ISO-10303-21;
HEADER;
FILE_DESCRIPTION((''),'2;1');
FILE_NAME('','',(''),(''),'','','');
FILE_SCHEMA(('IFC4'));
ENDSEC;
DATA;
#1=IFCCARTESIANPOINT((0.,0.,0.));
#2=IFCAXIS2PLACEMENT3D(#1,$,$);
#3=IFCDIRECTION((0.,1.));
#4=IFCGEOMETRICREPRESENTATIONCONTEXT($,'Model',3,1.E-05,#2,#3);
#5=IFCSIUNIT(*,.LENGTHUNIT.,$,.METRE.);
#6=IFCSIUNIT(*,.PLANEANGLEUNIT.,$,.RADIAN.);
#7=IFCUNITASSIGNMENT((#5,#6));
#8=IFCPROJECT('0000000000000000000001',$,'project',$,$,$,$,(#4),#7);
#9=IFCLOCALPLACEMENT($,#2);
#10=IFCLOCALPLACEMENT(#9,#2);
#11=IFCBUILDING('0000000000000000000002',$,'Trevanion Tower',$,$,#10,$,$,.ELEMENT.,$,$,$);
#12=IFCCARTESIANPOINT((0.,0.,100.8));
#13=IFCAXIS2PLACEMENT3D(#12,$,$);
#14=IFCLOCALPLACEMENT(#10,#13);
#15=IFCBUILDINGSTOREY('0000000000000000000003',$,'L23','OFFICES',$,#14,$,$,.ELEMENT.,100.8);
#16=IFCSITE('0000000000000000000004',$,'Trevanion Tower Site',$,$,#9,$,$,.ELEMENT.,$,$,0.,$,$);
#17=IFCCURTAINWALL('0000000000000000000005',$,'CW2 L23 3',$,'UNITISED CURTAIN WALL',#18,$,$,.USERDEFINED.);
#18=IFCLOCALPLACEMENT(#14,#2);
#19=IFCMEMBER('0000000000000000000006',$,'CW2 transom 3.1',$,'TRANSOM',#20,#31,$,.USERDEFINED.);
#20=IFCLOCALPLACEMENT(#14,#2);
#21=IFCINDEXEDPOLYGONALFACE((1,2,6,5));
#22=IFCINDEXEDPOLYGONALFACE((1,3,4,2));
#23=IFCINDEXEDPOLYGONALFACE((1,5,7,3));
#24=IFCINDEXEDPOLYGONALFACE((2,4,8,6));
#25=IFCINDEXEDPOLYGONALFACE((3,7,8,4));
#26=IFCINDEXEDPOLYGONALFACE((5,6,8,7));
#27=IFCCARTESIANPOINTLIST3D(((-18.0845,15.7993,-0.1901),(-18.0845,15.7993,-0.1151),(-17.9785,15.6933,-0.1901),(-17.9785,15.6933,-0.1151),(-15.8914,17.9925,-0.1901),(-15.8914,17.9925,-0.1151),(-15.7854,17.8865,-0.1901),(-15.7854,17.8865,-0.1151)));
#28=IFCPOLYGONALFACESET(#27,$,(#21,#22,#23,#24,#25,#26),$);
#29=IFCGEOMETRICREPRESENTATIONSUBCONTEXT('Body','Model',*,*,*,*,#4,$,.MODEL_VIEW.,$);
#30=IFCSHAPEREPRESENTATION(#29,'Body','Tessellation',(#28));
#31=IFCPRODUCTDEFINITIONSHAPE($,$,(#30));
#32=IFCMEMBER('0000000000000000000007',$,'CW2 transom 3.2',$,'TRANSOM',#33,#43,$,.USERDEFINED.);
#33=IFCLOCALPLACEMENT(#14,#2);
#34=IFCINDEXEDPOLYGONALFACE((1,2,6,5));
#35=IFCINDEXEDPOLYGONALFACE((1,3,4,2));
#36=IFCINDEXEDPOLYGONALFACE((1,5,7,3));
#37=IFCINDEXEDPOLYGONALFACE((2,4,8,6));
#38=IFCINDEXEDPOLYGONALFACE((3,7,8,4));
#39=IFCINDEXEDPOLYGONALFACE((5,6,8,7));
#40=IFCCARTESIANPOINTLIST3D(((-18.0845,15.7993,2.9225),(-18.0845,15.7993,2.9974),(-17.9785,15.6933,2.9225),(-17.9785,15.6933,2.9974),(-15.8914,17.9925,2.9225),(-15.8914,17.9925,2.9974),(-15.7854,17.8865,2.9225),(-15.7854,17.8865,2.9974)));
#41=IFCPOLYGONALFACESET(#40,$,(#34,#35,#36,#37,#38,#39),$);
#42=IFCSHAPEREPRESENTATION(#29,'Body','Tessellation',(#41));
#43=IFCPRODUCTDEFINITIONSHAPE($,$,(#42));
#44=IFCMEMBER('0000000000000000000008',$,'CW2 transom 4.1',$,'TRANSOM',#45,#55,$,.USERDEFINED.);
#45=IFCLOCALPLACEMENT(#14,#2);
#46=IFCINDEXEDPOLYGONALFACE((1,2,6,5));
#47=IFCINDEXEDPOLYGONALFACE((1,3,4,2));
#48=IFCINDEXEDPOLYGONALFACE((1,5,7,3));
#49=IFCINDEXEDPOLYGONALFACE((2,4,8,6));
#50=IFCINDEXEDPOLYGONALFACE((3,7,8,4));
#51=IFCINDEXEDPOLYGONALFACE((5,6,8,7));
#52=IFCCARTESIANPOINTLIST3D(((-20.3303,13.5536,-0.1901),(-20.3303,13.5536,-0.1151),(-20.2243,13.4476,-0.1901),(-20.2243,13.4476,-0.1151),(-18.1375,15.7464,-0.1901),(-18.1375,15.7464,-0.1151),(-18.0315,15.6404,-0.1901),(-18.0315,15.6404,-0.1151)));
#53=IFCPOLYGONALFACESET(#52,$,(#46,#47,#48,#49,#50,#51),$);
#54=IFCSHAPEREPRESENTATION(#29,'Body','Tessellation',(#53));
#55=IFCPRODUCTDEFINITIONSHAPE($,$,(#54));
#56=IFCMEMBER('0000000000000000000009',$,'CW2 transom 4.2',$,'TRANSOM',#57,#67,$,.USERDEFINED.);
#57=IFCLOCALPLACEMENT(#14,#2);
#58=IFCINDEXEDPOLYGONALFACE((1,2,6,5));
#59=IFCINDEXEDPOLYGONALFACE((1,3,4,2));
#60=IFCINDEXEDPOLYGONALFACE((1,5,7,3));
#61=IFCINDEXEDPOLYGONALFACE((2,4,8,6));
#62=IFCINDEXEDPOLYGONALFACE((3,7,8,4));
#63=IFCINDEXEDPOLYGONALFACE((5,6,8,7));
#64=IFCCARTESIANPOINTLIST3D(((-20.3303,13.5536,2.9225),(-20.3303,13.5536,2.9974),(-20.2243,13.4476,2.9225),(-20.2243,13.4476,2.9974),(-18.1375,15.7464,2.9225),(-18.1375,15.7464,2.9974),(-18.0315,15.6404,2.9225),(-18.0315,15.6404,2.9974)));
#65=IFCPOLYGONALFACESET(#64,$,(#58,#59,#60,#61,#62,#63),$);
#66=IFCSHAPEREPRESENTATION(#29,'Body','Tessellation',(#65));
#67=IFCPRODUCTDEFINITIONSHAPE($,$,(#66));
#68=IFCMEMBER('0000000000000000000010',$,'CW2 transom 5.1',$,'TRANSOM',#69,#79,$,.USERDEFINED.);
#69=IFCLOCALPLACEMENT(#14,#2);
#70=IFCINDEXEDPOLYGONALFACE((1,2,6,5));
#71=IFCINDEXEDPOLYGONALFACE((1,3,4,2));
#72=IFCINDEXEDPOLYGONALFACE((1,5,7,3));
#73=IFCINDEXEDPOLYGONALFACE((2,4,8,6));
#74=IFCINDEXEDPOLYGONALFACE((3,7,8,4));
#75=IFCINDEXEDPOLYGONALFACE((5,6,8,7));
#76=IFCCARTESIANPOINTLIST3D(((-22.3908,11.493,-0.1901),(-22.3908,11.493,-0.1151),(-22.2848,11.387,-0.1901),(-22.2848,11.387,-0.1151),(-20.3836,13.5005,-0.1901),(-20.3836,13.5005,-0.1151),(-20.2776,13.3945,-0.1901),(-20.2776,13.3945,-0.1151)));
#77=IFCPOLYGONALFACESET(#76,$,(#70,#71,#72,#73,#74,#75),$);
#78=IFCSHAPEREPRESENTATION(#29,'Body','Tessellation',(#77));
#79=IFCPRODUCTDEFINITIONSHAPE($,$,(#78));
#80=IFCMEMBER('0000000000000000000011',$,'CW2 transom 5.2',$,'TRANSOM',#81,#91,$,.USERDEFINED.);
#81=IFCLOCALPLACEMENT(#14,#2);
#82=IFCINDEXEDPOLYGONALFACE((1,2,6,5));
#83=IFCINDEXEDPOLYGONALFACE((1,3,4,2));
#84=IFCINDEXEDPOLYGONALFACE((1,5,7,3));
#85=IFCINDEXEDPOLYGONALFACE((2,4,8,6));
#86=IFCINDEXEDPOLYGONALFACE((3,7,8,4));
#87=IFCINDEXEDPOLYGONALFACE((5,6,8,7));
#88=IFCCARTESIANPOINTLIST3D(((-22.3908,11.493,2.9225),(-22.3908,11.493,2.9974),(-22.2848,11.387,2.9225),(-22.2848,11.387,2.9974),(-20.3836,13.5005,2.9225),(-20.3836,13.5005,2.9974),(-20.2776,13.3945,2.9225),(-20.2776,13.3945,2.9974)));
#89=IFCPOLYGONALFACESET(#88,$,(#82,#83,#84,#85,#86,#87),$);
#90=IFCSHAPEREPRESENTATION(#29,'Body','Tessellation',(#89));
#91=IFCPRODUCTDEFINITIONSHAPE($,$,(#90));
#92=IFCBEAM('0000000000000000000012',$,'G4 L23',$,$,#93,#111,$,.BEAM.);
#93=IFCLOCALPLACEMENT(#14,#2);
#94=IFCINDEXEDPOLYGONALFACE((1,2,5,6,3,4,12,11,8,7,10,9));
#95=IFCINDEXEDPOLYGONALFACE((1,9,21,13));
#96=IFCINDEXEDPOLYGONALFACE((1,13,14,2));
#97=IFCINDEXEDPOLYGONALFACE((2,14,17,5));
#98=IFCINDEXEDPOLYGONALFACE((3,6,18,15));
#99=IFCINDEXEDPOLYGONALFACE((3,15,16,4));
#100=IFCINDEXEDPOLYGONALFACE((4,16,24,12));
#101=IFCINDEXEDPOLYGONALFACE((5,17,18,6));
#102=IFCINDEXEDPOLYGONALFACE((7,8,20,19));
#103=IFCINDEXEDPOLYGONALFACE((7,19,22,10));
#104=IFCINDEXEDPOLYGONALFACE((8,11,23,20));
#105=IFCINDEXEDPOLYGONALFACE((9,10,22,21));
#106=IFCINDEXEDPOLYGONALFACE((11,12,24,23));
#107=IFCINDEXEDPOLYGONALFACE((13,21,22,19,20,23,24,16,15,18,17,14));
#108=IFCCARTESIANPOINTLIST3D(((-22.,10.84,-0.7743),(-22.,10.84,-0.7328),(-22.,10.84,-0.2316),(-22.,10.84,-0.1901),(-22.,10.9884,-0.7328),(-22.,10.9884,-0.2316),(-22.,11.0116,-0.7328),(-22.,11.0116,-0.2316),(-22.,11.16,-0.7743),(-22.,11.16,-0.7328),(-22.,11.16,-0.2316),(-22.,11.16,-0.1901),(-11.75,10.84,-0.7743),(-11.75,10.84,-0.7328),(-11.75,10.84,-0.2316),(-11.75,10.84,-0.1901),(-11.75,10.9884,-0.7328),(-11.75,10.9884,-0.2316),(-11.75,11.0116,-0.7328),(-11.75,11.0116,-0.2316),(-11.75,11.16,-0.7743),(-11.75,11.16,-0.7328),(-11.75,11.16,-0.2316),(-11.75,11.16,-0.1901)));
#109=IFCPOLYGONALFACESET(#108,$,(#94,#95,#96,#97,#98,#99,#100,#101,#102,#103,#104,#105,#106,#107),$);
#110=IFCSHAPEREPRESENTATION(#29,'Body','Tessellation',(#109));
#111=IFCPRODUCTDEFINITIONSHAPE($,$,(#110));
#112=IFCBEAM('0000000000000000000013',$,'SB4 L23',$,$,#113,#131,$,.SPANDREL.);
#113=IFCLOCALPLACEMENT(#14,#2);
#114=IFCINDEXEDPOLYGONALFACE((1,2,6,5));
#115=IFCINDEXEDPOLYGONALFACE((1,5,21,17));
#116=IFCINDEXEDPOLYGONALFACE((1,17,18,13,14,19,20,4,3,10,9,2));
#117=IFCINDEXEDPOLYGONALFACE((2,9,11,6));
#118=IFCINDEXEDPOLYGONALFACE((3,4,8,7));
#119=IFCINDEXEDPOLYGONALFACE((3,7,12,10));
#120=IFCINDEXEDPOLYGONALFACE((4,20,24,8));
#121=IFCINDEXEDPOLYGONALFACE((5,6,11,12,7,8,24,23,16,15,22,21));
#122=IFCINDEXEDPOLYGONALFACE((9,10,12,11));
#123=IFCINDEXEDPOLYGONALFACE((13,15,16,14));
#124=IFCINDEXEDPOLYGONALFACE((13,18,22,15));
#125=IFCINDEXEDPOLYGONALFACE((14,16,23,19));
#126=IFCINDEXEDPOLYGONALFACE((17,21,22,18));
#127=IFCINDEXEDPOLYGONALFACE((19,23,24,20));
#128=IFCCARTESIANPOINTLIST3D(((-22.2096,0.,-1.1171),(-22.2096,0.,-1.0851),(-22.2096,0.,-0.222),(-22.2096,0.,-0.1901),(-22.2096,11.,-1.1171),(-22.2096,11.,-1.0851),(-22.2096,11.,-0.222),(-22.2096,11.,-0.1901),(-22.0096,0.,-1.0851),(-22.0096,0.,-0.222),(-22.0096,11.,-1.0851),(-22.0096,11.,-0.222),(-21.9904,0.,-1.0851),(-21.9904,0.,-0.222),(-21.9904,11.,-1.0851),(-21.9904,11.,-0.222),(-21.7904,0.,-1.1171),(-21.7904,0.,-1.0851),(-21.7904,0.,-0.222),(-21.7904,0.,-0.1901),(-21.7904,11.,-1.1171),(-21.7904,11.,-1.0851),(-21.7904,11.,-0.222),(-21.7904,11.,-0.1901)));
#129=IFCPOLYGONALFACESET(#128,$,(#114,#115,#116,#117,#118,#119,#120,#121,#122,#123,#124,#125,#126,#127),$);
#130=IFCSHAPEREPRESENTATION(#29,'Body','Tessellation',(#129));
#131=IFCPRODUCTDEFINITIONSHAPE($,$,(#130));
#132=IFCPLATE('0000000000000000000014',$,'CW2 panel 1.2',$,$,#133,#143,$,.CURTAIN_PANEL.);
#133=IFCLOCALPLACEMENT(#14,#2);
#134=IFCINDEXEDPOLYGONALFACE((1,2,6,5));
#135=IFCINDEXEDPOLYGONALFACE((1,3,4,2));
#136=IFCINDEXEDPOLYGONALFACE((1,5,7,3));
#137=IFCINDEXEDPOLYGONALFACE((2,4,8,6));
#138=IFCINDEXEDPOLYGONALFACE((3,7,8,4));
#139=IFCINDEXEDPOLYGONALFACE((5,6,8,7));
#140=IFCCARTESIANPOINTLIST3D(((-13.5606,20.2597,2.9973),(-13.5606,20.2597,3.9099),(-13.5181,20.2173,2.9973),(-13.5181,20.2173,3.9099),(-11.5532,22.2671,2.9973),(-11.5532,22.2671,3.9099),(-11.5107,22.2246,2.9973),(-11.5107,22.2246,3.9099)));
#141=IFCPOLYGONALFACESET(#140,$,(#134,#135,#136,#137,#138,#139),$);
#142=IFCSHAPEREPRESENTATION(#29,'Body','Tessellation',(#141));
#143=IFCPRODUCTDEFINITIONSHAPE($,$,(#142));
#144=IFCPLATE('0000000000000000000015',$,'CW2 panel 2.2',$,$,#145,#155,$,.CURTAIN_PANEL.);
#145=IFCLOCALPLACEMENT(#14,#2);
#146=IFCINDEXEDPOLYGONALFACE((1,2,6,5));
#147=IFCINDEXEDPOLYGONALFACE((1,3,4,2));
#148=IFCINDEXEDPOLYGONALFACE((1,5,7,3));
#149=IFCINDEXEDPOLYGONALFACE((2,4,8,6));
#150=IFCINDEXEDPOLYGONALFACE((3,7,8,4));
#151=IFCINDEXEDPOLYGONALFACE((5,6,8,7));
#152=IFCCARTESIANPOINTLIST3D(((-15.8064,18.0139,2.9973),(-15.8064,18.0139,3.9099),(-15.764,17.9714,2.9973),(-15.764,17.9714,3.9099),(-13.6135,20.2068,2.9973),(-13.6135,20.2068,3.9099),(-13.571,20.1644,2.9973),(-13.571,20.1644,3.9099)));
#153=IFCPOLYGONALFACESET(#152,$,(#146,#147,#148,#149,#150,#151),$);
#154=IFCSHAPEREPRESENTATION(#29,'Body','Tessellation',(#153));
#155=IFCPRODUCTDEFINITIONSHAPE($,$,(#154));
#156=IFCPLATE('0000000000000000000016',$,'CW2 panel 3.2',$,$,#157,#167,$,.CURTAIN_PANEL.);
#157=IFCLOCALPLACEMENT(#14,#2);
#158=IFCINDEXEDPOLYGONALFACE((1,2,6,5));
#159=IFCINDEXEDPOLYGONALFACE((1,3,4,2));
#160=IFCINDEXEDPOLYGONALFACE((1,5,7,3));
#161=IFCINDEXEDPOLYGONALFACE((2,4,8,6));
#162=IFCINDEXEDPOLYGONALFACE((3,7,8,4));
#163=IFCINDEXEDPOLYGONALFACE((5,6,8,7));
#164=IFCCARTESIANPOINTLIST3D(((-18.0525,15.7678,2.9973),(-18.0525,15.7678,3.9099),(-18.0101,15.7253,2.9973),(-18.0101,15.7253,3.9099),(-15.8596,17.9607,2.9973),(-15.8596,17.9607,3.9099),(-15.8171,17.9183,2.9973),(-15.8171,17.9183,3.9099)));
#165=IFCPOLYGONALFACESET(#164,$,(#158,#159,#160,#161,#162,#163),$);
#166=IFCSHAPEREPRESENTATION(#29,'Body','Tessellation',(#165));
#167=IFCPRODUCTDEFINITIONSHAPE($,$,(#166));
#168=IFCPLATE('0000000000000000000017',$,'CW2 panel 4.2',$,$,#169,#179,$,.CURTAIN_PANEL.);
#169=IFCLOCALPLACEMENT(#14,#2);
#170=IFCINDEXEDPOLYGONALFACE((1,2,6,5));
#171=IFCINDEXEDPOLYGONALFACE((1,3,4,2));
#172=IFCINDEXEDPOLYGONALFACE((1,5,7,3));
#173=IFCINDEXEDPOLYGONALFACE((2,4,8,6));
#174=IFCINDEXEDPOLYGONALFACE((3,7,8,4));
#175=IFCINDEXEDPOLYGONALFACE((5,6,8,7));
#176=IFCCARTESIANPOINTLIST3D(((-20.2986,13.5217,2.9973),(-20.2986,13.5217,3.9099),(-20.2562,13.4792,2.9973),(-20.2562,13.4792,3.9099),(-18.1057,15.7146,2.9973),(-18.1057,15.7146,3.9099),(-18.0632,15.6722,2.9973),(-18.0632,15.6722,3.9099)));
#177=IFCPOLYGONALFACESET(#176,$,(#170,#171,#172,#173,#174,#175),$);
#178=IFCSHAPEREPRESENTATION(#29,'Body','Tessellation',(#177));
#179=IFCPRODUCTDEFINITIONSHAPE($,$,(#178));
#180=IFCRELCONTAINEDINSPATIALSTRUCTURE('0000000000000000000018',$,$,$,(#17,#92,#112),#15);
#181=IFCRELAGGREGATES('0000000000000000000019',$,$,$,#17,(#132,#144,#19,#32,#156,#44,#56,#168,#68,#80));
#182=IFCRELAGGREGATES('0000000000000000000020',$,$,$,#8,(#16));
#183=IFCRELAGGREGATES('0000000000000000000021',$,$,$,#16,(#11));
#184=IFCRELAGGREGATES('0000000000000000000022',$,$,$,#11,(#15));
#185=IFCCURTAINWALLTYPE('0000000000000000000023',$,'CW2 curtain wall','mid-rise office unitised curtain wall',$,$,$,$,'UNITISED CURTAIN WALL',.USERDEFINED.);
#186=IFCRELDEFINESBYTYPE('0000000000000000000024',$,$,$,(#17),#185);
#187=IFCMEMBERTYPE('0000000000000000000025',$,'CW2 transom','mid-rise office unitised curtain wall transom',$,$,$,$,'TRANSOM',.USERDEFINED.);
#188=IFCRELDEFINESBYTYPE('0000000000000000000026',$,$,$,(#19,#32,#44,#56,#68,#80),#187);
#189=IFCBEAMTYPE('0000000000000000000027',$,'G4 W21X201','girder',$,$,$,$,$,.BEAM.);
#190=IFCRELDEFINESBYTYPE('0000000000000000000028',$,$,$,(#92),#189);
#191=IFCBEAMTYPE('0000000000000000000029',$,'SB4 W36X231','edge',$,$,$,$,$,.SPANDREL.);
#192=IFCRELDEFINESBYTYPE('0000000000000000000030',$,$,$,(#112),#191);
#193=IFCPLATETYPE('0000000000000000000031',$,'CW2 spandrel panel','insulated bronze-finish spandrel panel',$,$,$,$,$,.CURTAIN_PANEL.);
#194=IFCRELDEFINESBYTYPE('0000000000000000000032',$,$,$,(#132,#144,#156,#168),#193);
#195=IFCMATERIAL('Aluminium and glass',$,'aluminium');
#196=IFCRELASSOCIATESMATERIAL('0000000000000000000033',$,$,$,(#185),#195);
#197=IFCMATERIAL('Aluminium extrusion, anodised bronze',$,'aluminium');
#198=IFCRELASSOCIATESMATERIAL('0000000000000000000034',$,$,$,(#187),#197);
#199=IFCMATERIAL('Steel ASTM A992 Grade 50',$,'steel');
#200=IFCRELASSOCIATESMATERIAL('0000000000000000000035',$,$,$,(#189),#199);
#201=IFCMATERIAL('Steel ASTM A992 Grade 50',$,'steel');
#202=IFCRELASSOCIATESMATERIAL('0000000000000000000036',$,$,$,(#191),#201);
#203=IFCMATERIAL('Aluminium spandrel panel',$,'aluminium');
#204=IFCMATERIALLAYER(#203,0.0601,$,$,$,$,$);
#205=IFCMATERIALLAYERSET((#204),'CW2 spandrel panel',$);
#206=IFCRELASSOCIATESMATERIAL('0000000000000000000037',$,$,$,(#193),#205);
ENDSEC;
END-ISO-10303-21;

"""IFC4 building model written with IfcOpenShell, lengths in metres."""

from ifc_helpers import new_model, si_unit, direction, frame, origin, origin_2d, place, context, subcontext, project, spatial, rectangle, i_section, extrude, material, layer, layer_set, material_profile, profile_set, type_object, element, aggregate, save


model = new_model("IFC4")

# Units and contexts
model_context = context("Model", 3, precision=1e-05, world=origin(), true_north=direction((0.0, 1.0)))
body_context = subcontext(model_context, "Body", "Model", "MODEL_VIEW")
ifc_project = project(units=[si_unit("LENGTHUNIT", "METRE"), si_unit("PLANEANGLEUNIT", "RADIAN")], contexts=[model_context])

# Site, building, storey
site_placement = place(None, origin())
site = spatial("IfcSite", under=ifc_project, at=site_placement, Name="Trevanion Tower Site", CompositionType="ELEMENT", RefElevation=0.0)
building_placement = place(site_placement, origin())
building = spatial("IfcBuilding", under=site, at=building_placement, Name="Trevanion Tower", CompositionType="ELEMENT")
storey_placement = place(building_placement, frame((0.0, 0.0, 100.8)))
storey = spatial("IfcBuildingStorey", under=building, at=storey_placement, Name="L23", Description="OFFICES", CompositionType="ELEMENT", Elevation=100.8)

# Curtain wall, members
ifc_material_1 = material(Name="Aluminium and glass", Category="aluminium")
curtain_wall_type = type_object("IfcCurtainWallType", Name="CW2 curtain wall", Description="mid-rise office unitised curtain wall", ElementType="UNITISED CURTAIN WALL", PredefinedType="USERDEFINED", material=ifc_material_1)
curtain_wall_placement = place(storey_placement, origin())
curtain_wall = element("IfcCurtainWall", 1, at=curtain_wall_placement, inside=storey, type_object=curtain_wall_type, Name="CW2 L23 3", ObjectType="UNITISED CURTAIN WALL", PredefinedType="USERDEFINED")
ifc_material_2 = material(Name="Aluminium extrusion, anodised bronze", Category="aluminium")
ifc_material_profile_1 = material_profile(ifc_material_2, rectangle(XDim=0.1499, YDim=0.075, at=origin_2d()), Name="CW2 transom")
ifc_profile_set_1 = profile_set([ifc_material_profile_1], Name="Aluminium extrusion, anodised bronze")
member_type_1 = type_object("IfcMemberType", Name="CW2 transom", Description="mid-rise office unitised curtain wall transom", ElementType="TRANSOM", PredefinedType="USERDEFINED", material=ifc_profile_set_1)
member_1_placement = place(storey_placement, frame((-15.8384, 17.9395, -0.1526), z_axis=(-0.707107, -0.707107, 0.0), x_axis=(0.707107, -0.707107, 0.0)))
member_1 = element("IfcMember", 2, at=member_1_placement, type_object=member_type_1, Name="CW2 transom 3.1", ObjectType="TRANSOM", PredefinedType="USERDEFINED", context=body_context, shape_type="SweptSolid", body=[
    extrude(rectangle(XDim=0.1499, YDim=0.075, at=origin_2d()), origin(), (0.0, 0.0, 1.0), 3.1016),
])
member_2_placement = place(storey_placement, frame((-15.8384, 17.9395, 2.96), z_axis=(-0.707107, -0.707107, 0.0), x_axis=(0.707107, -0.707107, 0.0)))
member_2 = element("IfcMember", 3, at=member_2_placement, type_object=member_type_1, Name="CW2 transom 3.2", ObjectType="TRANSOM", PredefinedType="USERDEFINED", context=body_context, shape_type="SweptSolid", body=[
    extrude(rectangle(XDim=0.1499, YDim=0.075, at=origin_2d()), origin(), (0.0, 0.0, 1.0), 3.1016),
])
member_3_placement = place(storey_placement, frame((-18.0845, 15.6934, -0.1526), z_axis=(-0.707107, -0.707107, 0.0), x_axis=(0.707107, -0.707107, 0.0)))
member_3 = element("IfcMember", 4, at=member_3_placement, type_object=member_type_1, Name="CW2 transom 4.1", ObjectType="TRANSOM", PredefinedType="USERDEFINED", context=body_context, shape_type="SweptSolid", body=[
    extrude(rectangle(XDim=0.1499, YDim=0.075, at=origin_2d()), origin(), (0.0, 0.0, 1.0), 3.1011),
])
member_4_placement = place(storey_placement, frame((-18.0845, 15.6934, 2.96), z_axis=(-0.707107, -0.707107, 0.0), x_axis=(0.707107, -0.707107, 0.0)))
member_4 = element("IfcMember", 5, at=member_4_placement, type_object=member_type_1, Name="CW2 transom 4.2", ObjectType="TRANSOM", PredefinedType="USERDEFINED", context=body_context, shape_type="SweptSolid", body=[
    extrude(rectangle(XDim=0.1499, YDim=0.075, at=origin_2d()), origin(), (0.0, 0.0, 1.0), 3.1011),
])
member_5_placement = place(storey_placement, frame((-20.3306, 13.4475, -0.1526), z_axis=(-0.707064, -0.70715, 0.0), x_axis=(0.70715, -0.707064, 0.0)))
member_5 = element("IfcMember", 6, at=member_5_placement, type_object=member_type_1, Name="CW2 transom 5.1", ObjectType="TRANSOM", PredefinedType="USERDEFINED", context=body_context, shape_type="SweptSolid", body=[
    extrude(rectangle(XDim=0.1499, YDim=0.075, at=origin_2d()), origin(), (0.0, 0.0, 1.0), 2.8389),
])
member_6_placement = place(storey_placement, frame((-20.3306, 13.4475, 2.96), z_axis=(-0.707064, -0.70715, 0.0), x_axis=(0.70715, -0.707064, 0.0)))
member_6 = element("IfcMember", 7, at=member_6_placement, type_object=member_type_1, Name="CW2 transom 5.2", ObjectType="TRANSOM", PredefinedType="USERDEFINED", context=body_context, shape_type="SweptSolid", body=[
    extrude(rectangle(XDim=0.1499, YDim=0.075, at=origin_2d()), origin(), (0.0, 0.0, 1.0), 2.8389),
])

# Beams
ifc_material_3 = material(Name="Steel ASTM A992 Grade 50", Category="steel")
ifc_material_profile_2 = material_profile(ifc_material_3, i_section(OverallWidth=0.3201, OverallDepth=0.5842, WebThickness=0.0232, FlangeThickness=0.0415, at=origin_2d()), Name="W21X201")
ifc_profile_set_2 = profile_set([ifc_material_profile_2], Name="Steel ASTM A992 Grade 50")
beam_type_1 = type_object("IfcBeamType", Name="G4 W21X201", Description="girder", PredefinedType="BEAM", material=ifc_profile_set_2)
beam_1_placement = place(storey_placement, frame((-11.75, 11.0, -0.4822), z_axis=(-1.0, 0.0, 0.0), x_axis=(0.0, -1.0, 0.0)))
element("IfcBeam", 8, at=beam_1_placement, inside=storey, type_object=beam_type_1, Name="G4 L23", PredefinedType="BEAM", context=body_context, shape_type="SweptSolid", body=[
    extrude(i_section(OverallWidth=0.3201, OverallDepth=0.5842, WebThickness=0.0232, FlangeThickness=0.0415, at=origin_2d()), origin(), (0.0, 0.0, 1.0), 10.25),
])
ifc_material_4 = material(Name="Steel ASTM A992 Grade 50", Category="steel")
ifc_material_profile_3 = material_profile(ifc_material_4, i_section(OverallWidth=0.4192, OverallDepth=0.927, WebThickness=0.0193, FlangeThickness=0.032, at=origin_2d()), Name="W36X231")
ifc_profile_set_3 = profile_set([ifc_material_profile_3], Name="Steel ASTM A992 Grade 50")
beam_type_2 = type_object("IfcBeamType", Name="SB4 W36X231", Description="edge", PredefinedType="SPANDREL", material=ifc_profile_set_3)
beam_2_placement = place(storey_placement, frame((-22.0, 11.0, -0.6536), z_axis=(0.0, -1.0, 0.0), x_axis=(1.0, 0.0, 0.0)))
element("IfcBeam", 9, at=beam_2_placement, inside=storey, type_object=beam_type_2, Name="SB4 L23", PredefinedType="SPANDREL", context=body_context, shape_type="SweptSolid", body=[
    extrude(i_section(OverallWidth=0.4192, OverallDepth=0.927, WebThickness=0.0193, FlangeThickness=0.032, at=origin_2d()), origin(), (0.0, 0.0, 1.0), 11.0),
])

# Plates
ifc_material_5 = material(Name="Aluminium spandrel panel", Category="aluminium")
ifc_layer_1 = layer(ifc_material_5, 0.0601)
ifc_layer_set_1 = layer_set([ifc_layer_1], Name="CW2 spandrel panel")
plate_type_1 = type_object("IfcPlateType", Name="CW2 spandrel panel", Description="insulated bronze-finish spandrel panel", PredefinedType="CURTAIN_PANEL", material=ifc_layer_set_1)
plate_1_placement = place(storey_placement, frame((-12.5356, 21.2422, 2.9973), z_axis=(0.0, 0.0, 1.0), x_axis=(-0.707107, -0.707107, 0.0)))
plate_1 = element("IfcPlate", 10, at=plate_1_placement, type_object=plate_type_1, Name="CW2 panel 1.2", PredefinedType="CURTAIN_PANEL", context=body_context, shape_type="SweptSolid", body=[
    extrude(rectangle(XDim=2.8389, YDim=0.0601, at=origin_2d()), origin(), (0.0, 0.0, 1.0), 0.9126),
])
plate_2_placement = place(storey_placement, frame((-14.6887, 19.0891, 2.9973), z_axis=(0.0, 0.0, 1.0), x_axis=(-0.707107, -0.707107, 0.0)))
plate_2 = element("IfcPlate", 11, at=plate_2_placement, type_object=plate_type_1, Name="CW2 panel 2.2", PredefinedType="CURTAIN_PANEL", context=body_context, shape_type="SweptSolid", body=[
    extrude(rectangle(XDim=3.1013, YDim=0.0601, at=origin_2d()), origin(), (0.0, 0.0, 1.0), 0.9126),
])
plate_3_placement = place(storey_placement, frame((-16.9348, 16.843, 2.9973), z_axis=(0.0, 0.0, 1.0), x_axis=(-0.707107, -0.707107, 0.0)))
plate_3 = element("IfcPlate", 12, at=plate_3_placement, type_object=plate_type_1, Name="CW2 panel 3.2", PredefinedType="CURTAIN_PANEL", context=body_context, shape_type="SweptSolid", body=[
    extrude(rectangle(XDim=3.1013, YDim=0.0601, at=origin_2d()), origin(), (0.0, 0.0, 1.0), 0.9126),
])
plate_4_placement = place(storey_placement, frame((-19.1809, 14.5969, 2.9973), z_axis=(0.0, 0.0, 1.0), x_axis=(-0.707107, -0.707107, 0.0)))
plate_4 = element("IfcPlate", 13, at=plate_4_placement, type_object=plate_type_1, Name="CW2 panel 4.2", PredefinedType="CURTAIN_PANEL", context=body_context, shape_type="SweptSolid", body=[
    extrude(rectangle(XDim=3.1013, YDim=0.0601, at=origin_2d()), origin(), (0.0, 0.0, 1.0), 0.9126),
])
aggregate(curtain_wall, [plate_1, plate_2, member_1, member_2, plate_3, member_3, member_4, plate_4, member_5, member_6])

save(model, "model.ifc")
